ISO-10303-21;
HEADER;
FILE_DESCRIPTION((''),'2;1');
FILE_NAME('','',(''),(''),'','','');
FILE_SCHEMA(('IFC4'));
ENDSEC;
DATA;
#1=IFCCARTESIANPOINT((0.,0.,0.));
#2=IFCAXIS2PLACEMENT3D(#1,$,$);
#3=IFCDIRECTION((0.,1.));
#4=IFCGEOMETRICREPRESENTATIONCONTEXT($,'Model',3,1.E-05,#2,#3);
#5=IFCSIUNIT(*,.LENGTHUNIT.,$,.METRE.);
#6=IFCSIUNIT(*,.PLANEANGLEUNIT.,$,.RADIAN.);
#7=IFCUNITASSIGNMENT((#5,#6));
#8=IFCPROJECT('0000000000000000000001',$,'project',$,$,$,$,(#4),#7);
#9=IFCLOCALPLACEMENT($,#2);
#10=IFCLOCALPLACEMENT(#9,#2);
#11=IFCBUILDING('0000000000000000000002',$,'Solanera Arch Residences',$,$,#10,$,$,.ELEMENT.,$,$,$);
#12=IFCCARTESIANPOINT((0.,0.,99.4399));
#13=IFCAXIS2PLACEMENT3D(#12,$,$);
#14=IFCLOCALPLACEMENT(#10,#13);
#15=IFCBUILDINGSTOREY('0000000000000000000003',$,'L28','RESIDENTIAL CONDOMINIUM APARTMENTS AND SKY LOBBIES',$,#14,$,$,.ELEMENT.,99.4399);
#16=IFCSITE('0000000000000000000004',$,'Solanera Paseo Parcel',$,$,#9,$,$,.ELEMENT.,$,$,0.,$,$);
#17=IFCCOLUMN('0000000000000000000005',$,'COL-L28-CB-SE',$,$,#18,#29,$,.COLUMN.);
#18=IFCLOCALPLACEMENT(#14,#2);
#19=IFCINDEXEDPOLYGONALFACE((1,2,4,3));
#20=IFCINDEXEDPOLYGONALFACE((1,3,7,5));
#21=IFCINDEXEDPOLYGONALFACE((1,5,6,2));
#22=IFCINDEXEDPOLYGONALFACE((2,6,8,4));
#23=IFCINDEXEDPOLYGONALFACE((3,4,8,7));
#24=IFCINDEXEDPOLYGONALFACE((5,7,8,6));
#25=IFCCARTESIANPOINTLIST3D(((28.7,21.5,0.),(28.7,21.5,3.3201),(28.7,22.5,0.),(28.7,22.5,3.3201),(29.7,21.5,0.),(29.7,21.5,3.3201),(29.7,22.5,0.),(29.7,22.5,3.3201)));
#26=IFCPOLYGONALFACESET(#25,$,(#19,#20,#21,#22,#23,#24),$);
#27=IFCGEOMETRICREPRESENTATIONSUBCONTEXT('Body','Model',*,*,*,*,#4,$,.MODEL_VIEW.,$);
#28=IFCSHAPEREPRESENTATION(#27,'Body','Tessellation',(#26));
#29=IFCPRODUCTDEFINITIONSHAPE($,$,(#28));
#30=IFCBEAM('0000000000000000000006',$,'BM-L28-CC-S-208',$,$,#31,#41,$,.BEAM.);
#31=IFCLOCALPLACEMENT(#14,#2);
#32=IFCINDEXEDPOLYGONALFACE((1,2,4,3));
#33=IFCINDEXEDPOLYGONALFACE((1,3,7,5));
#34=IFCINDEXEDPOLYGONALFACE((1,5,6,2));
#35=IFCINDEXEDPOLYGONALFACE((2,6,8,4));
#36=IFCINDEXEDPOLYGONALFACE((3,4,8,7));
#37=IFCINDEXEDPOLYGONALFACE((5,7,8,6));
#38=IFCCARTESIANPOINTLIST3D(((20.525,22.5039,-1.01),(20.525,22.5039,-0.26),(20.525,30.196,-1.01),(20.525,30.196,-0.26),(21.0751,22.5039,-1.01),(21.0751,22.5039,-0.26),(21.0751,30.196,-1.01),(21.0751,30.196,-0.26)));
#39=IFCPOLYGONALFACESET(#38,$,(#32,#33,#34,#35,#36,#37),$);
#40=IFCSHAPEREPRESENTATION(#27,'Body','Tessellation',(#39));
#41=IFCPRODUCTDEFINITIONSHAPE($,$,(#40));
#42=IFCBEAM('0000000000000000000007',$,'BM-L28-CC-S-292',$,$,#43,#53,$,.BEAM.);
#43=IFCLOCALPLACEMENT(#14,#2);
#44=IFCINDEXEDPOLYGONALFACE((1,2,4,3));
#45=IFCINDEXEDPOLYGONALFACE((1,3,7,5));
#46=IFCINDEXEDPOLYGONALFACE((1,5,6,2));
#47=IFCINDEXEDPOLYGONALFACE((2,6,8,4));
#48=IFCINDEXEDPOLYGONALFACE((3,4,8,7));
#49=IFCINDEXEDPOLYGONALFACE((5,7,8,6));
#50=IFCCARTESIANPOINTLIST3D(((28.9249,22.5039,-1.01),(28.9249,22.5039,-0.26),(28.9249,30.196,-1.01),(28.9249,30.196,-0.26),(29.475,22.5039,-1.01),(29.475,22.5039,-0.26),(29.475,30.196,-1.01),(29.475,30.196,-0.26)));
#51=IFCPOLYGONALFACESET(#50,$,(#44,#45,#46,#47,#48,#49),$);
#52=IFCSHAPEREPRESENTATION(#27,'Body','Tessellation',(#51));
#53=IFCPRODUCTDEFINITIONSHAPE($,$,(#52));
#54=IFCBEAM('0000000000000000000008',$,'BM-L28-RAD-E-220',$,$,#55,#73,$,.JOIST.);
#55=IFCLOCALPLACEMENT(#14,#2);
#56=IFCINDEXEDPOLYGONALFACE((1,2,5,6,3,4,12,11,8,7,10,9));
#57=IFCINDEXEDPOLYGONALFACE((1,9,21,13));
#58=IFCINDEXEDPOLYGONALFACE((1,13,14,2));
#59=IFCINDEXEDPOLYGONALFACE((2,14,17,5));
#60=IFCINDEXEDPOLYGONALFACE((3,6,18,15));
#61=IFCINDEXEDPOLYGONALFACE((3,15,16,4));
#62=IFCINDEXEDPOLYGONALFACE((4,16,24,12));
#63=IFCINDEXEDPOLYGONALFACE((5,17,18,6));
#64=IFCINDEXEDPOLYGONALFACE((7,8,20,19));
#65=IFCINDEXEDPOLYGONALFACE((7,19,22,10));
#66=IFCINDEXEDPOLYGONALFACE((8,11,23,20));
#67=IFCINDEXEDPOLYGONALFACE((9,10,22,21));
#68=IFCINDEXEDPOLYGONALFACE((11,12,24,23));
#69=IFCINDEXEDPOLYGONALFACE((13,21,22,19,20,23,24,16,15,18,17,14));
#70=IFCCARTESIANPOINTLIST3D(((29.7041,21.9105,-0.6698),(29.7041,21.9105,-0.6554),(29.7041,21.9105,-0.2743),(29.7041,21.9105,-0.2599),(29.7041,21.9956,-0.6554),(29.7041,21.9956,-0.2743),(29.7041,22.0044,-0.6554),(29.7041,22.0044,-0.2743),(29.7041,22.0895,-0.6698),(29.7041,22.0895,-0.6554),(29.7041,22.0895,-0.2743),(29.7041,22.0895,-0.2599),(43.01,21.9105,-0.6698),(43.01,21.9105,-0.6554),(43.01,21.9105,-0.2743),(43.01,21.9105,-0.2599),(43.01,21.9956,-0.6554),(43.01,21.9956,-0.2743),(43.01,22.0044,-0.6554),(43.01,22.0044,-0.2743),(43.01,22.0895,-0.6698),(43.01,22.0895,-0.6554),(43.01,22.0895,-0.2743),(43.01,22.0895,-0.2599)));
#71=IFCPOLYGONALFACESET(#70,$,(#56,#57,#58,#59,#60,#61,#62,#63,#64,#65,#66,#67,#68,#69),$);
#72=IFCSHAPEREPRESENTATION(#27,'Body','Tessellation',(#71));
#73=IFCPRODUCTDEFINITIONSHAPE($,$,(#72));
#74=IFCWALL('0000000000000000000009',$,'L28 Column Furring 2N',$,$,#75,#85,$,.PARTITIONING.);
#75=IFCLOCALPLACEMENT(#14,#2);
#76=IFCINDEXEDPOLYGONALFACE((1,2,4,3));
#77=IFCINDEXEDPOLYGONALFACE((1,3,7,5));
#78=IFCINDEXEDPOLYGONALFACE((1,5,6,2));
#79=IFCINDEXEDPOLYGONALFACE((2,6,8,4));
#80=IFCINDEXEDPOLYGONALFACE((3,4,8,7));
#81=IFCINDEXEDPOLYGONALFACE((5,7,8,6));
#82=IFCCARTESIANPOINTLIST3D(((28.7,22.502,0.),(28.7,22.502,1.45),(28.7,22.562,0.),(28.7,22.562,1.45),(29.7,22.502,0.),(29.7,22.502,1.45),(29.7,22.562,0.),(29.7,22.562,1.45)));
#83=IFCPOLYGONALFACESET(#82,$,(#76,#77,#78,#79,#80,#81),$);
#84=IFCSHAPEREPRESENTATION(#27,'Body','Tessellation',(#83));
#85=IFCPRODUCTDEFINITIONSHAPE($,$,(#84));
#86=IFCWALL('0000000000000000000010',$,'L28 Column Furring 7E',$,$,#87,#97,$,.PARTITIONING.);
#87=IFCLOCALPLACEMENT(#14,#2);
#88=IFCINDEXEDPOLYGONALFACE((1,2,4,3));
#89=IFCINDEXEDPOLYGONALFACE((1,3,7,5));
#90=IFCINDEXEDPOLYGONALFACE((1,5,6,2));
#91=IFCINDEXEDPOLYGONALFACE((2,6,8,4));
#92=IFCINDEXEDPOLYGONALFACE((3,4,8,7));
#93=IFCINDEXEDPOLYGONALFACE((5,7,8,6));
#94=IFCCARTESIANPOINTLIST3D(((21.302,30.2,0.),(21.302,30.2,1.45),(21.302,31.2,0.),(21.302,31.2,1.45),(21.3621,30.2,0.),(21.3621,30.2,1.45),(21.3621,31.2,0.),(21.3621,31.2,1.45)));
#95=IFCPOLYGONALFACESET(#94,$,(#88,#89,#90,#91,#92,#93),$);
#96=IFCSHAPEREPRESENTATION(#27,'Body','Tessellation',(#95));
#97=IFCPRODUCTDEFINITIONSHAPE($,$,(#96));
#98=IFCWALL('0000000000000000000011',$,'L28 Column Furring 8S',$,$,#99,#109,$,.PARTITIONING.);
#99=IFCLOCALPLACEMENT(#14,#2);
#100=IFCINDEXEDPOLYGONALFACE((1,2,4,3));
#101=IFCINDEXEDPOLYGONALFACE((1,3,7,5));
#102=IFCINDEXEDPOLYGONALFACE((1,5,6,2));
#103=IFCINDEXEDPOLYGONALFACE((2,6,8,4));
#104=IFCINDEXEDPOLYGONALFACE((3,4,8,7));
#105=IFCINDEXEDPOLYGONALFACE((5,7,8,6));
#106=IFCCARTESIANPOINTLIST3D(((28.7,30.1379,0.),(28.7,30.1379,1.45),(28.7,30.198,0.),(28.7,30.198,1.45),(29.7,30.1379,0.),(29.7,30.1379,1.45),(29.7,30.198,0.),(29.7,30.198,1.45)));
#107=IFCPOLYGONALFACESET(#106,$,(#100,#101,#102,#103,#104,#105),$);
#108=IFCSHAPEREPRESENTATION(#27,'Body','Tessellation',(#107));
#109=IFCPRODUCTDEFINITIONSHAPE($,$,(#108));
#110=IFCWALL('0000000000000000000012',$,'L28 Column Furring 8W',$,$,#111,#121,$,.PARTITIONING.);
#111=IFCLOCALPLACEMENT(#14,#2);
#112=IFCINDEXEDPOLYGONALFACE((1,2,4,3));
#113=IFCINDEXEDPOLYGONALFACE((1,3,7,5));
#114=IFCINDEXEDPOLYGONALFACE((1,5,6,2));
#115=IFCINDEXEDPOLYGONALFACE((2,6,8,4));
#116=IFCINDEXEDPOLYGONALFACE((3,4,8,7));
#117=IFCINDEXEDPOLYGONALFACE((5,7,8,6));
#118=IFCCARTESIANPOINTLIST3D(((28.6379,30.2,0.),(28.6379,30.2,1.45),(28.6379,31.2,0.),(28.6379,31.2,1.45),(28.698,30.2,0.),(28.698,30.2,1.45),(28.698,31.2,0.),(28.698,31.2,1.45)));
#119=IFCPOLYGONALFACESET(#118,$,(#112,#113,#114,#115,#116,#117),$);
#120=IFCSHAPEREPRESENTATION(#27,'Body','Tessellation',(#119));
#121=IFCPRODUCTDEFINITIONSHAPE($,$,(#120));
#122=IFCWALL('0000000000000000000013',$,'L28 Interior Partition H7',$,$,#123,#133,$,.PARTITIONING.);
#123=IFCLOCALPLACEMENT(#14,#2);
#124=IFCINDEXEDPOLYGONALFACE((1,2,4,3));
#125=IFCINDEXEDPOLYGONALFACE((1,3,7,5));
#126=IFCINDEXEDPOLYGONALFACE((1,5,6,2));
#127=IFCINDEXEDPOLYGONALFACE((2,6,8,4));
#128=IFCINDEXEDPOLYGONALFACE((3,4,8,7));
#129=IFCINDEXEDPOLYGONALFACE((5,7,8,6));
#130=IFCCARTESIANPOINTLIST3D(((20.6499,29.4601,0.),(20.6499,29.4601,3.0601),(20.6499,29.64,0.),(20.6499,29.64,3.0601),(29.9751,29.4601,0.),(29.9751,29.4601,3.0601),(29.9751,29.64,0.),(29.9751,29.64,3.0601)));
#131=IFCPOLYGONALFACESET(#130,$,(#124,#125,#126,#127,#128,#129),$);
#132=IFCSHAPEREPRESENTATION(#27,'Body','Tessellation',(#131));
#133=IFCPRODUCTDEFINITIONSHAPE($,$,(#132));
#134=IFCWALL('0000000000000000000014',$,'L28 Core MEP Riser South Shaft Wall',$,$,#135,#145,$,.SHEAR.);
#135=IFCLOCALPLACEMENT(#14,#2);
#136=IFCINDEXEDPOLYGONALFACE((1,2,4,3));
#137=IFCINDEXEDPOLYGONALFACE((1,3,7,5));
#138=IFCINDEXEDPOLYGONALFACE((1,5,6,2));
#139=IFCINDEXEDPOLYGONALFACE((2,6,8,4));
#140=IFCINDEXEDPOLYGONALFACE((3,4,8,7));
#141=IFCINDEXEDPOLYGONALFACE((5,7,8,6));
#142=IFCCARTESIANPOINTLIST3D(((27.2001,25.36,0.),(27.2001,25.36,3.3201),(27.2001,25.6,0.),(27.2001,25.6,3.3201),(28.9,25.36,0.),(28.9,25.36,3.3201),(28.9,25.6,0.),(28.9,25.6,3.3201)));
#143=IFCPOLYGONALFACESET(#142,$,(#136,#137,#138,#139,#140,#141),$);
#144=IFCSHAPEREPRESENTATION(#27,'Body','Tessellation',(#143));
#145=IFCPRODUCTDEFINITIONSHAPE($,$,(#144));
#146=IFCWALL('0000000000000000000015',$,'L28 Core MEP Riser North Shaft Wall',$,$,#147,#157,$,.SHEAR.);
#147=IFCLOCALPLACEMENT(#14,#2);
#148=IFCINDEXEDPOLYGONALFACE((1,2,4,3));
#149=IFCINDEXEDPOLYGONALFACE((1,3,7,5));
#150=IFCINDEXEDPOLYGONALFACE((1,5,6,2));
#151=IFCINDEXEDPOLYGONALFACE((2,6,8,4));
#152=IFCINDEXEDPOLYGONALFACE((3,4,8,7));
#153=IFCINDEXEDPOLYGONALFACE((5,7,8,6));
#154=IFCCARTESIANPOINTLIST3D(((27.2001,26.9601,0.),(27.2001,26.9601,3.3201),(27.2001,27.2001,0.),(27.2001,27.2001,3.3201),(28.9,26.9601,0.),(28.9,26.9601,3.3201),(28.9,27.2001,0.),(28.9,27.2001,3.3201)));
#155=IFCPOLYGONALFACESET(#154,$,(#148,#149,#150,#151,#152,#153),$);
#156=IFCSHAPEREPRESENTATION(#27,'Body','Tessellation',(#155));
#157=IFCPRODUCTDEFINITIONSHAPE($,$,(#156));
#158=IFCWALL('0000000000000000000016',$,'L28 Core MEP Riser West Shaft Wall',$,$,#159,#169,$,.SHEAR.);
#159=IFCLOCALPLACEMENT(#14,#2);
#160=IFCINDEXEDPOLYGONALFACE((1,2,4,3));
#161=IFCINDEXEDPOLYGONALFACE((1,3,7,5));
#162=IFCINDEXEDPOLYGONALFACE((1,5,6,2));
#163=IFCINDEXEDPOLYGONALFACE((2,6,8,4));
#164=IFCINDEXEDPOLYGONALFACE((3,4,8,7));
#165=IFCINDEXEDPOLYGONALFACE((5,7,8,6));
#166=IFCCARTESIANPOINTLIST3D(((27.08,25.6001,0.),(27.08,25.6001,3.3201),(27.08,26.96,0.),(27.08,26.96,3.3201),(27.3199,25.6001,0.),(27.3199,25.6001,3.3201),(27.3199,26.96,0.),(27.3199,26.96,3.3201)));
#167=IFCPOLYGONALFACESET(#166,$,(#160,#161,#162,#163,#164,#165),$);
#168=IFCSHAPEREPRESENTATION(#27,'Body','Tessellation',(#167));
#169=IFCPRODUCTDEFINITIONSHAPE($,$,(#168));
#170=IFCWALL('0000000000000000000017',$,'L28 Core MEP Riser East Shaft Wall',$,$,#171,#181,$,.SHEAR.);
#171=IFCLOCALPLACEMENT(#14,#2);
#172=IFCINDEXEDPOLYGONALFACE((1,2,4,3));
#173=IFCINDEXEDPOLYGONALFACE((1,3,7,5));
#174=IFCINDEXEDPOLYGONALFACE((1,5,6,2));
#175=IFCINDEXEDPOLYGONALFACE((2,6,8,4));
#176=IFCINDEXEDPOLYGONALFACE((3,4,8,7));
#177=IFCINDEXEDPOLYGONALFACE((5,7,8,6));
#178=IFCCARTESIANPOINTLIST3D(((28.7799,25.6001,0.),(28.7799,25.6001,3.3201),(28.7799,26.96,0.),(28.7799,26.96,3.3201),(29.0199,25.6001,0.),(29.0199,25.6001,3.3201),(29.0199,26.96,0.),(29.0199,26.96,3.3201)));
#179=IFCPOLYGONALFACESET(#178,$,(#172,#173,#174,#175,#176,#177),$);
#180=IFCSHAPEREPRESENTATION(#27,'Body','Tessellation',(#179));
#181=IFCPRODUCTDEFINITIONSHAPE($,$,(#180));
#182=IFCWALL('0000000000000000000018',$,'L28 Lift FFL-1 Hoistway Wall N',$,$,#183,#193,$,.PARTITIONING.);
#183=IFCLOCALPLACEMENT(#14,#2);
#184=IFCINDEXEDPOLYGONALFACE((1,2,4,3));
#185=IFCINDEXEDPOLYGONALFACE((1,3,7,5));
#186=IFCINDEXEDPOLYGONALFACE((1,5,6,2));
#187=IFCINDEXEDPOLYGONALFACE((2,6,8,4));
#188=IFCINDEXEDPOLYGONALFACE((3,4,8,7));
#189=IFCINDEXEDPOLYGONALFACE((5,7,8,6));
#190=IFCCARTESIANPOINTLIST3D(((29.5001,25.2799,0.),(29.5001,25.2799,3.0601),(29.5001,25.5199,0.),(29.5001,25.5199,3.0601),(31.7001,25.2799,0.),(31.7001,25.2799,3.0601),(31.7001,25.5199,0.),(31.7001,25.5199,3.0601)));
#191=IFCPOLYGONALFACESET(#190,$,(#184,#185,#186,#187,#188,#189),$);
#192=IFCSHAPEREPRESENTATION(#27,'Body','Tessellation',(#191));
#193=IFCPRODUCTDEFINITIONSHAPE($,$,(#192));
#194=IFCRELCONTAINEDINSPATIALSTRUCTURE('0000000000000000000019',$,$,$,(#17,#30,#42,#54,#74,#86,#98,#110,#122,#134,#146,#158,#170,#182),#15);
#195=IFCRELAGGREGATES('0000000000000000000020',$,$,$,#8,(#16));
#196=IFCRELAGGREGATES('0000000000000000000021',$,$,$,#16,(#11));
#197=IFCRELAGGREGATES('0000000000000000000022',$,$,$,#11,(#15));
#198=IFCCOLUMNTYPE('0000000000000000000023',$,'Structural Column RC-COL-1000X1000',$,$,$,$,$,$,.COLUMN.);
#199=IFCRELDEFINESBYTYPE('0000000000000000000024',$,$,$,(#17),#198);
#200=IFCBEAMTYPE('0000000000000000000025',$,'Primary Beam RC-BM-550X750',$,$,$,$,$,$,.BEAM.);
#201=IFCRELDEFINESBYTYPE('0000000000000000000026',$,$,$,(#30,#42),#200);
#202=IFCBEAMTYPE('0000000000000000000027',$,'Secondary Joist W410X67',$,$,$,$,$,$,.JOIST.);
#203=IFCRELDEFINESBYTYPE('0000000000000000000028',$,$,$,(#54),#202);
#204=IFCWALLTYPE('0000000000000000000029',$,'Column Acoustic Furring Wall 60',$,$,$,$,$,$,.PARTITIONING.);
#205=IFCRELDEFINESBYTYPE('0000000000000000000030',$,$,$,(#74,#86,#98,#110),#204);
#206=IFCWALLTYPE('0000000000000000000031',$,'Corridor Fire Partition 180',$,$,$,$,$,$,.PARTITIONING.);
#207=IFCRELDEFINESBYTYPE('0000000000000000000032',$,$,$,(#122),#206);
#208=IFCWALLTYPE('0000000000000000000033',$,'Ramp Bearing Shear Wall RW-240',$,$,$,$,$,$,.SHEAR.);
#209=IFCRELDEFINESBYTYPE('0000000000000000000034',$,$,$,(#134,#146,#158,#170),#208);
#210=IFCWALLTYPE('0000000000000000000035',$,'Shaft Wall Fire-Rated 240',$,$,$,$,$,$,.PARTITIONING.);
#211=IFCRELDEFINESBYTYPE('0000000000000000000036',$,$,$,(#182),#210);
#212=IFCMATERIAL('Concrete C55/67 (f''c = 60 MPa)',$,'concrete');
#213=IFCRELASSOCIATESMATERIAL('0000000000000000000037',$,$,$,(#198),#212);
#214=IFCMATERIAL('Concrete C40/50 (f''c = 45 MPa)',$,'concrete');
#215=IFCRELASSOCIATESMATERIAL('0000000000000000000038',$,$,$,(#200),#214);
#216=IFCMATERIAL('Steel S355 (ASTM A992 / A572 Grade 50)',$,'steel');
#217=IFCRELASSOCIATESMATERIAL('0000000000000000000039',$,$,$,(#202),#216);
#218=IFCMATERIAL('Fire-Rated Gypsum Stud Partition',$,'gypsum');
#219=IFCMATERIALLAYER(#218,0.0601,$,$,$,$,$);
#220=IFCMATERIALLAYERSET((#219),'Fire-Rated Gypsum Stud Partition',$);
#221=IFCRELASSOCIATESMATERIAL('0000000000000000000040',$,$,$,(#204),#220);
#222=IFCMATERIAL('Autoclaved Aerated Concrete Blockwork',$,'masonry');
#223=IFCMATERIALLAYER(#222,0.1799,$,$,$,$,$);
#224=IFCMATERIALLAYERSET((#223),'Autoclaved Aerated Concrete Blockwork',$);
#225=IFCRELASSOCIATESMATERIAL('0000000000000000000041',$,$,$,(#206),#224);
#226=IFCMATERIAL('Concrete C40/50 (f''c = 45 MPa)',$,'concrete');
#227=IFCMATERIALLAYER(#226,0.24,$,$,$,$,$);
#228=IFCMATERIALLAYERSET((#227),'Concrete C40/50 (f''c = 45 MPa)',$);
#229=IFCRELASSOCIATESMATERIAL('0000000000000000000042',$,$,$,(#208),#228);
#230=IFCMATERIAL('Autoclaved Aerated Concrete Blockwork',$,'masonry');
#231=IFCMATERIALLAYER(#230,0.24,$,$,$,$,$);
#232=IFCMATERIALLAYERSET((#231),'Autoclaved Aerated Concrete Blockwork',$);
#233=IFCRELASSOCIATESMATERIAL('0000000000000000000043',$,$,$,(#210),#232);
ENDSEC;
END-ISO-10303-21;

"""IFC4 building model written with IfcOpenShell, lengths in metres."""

from ifc_helpers import new_model, si_unit, direction, frame, frame_2d, origin, origin_2d, place, context, subcontext, project, spatial, rectangle, i_section, extrude, material, layer, layer_set, material_profile, profile_set, type_object, element, save


model = new_model("IFC4")

# Units and contexts
model_context = context("Model", 3, precision=1e-05, world=origin(), true_north=direction((0.0, 1.0)))
body_context = subcontext(model_context, "Body", "Model", "MODEL_VIEW")
ifc_project = project(units=[si_unit("LENGTHUNIT", "METRE"), si_unit("PLANEANGLEUNIT", "RADIAN")], contexts=[model_context])

# Site, building, storey
site_placement = place(None, origin())
site = spatial("IfcSite", under=ifc_project, at=site_placement, Name="Solanera Paseo Parcel", CompositionType="ELEMENT", RefElevation=0.0)
building_placement = place(site_placement, origin())
building = spatial("IfcBuilding", under=site, at=building_placement, Name="Solanera Arch Residences", CompositionType="ELEMENT")
storey_placement = place(building_placement, frame((0.0, 0.0, 99.4399)))
storey = spatial("IfcBuildingStorey", under=building, at=storey_placement, Name="L28", Description="RESIDENTIAL CONDOMINIUM APARTMENTS AND SKY LOBBIES", CompositionType="ELEMENT", Elevation=99.4399)

# Column
ifc_material_1 = material(Name="Concrete C55/67 (f'c = 60 MPa)", Category="concrete")
ifc_material_profile_1 = material_profile(ifc_material_1, rectangle(XDim=1.0, YDim=1.0, at=origin_2d()))
ifc_profile_set_1 = profile_set([ifc_material_profile_1], Name="Concrete C55/67 (f'c = 60 MPa)")
column_type = type_object("IfcColumnType", Name="Structural Column RC-COL-1000X1000", PredefinedType="COLUMN", material=ifc_profile_set_1)
column_placement = place(storey_placement, frame((29.2, 22.0, 0.0), z_axis=(0.0, 0.0, 1.0), x_axis=(1.0, 0.0, 0.0)))
element("IfcColumn", 1, at=column_placement, inside=storey, type_object=column_type, Name="COL-L28-CB-SE", PredefinedType="COLUMN", context=body_context, shape_type="SweptSolid", body=[
    extrude(rectangle(XDim=1.0, YDim=1.0, at=origin_2d()), origin(), (0.0, 0.0, 1.0), 3.3201),
])

# Beams
ifc_material_2 = material(Name="Concrete C40/50 (f'c = 45 MPa)", Category="concrete")
ifc_material_profile_2 = material_profile(ifc_material_2, rectangle(XDim=0.55, YDim=0.75, at=origin_2d()))
ifc_profile_set_2 = profile_set([ifc_material_profile_2], Name="Concrete C40/50 (f'c = 45 MPa)")
beam_type_1 = type_object("IfcBeamType", Name="Primary Beam RC-BM-550X750", PredefinedType="BEAM", material=ifc_profile_set_2)
for number, where, z_axis, x_axis, name in (
    (2, (20.8, 22.5039, -0.635), (0.0, 1.0, 0.0), (-1.0, 0.0, 0.0), "BM-L28-CC-S-208"),
    (3, (29.2, 22.5039, -0.635), (0.0, 1.0, 0.0), (-1.0, 0.0, 0.0), "BM-L28-CC-S-292"),
):
    element("IfcBeam", number, at=place(storey_placement, frame(where, z_axis=z_axis, x_axis=x_axis)), inside=storey, type_object=beam_type_1, Name=name, PredefinedType="BEAM", context=body_context, shape_type="SweptSolid", body=[
        extrude(rectangle(XDim=0.55, YDim=0.75, at=origin_2d()), origin(), (0.0, 0.0, 1.0), 7.6921),
    ])
ifc_material_3 = material(Name="Steel S355 (ASTM A992 / A572 Grade 50)", Category="steel")
ifc_material_profile_3 = material_profile(ifc_material_3, i_section(OverallWidth=0.179, OverallDepth=0.4099, WebThickness=0.0088, FlangeThickness=0.0144, at=origin_2d()))
ifc_profile_set_3 = profile_set([ifc_material_profile_3], Name="Steel S355 (ASTM A992 / A572 Grade 50)")
beam_type_2 = type_object("IfcBeamType", Name="Secondary Joist W410X67", PredefinedType="JOIST", material=ifc_profile_set_3)
beam_placement = place(storey_placement, frame((29.7041, 22.0, -0.4648), z_axis=(1.0, 0.0, 0.0), x_axis=(0.0, 1.0, 0.0)))
element("IfcBeam", 4, at=beam_placement, inside=storey, type_object=beam_type_2, Name="BM-L28-RAD-E-220", PredefinedType="JOIST", context=body_context, shape_type="SweptSolid", body=[
    extrude(i_section(OverallWidth=0.179, OverallDepth=0.4099, WebThickness=0.0088, FlangeThickness=0.0144, at=origin_2d()), origin(), (0.0, 0.0, 1.0), 13.3059),
])

# Walls
ifc_material_4 = material(Name="Fire-Rated Gypsum Stud Partition", Category="gypsum")
ifc_layer_1 = layer(ifc_material_4, 0.0601)
ifc_layer_set_1 = layer_set([ifc_layer_1], Name="Fire-Rated Gypsum Stud Partition")
wall_type_1 = type_object("IfcWallType", Name="Column Acoustic Furring Wall 60", PredefinedType="PARTITIONING", material=ifc_layer_set_1)
for number, where, z_axis, x_axis, name in (
    (5, (28.7, 22.532, 0.0), (0.0, 0.0, 1.0), (1.0, 0.0, 0.0), "L28 Column Furring 2N"),
    (6, (21.332, 30.2, 0.0), (0.0, 0.0, 1.0), (0.0, 1.0, 0.0), "L28 Column Furring 7E"),
    (7, (28.7, 30.168, 0.0), (0.0, 0.0, 1.0), (1.0, 0.0, 0.0), "L28 Column Furring 8S"),
    (8, (28.668, 30.2, 0.0), (0.0, 0.0, 1.0), (0.0, 1.0, 0.0), "L28 Column Furring 8W"),
):
    element("IfcWall", number, at=place(storey_placement, frame(where, z_axis=z_axis, x_axis=x_axis)), inside=storey, type_object=wall_type_1, Name=name, PredefinedType="PARTITIONING", context=body_context, shape_type="SweptSolid", body=[
        extrude(rectangle(XDim=1.0, YDim=0.0601, at=frame_2d((0.5, 0.0))), origin(), (0.0, 0.0, 1.0), 1.45),
    ])
ifc_material_5 = material(Name="Autoclaved Aerated Concrete Blockwork", Category="masonry")
ifc_layer_2 = layer(ifc_material_5, 0.1799)
ifc_layer_set_2 = layer_set([ifc_layer_2], Name="Autoclaved Aerated Concrete Blockwork")
wall_type_2 = type_object("IfcWallType", Name="Corridor Fire Partition 180", PredefinedType="PARTITIONING", material=ifc_layer_set_2)
wall_1_placement = place(storey_placement, frame((20.6499, 29.55, 0.0), z_axis=(0.0, 0.0, 1.0), x_axis=(1.0, 0.0, 0.0)))
element("IfcWall", 9, at=wall_1_placement, inside=storey, type_object=wall_type_2, Name="L28 Interior Partition H7", PredefinedType="PARTITIONING", context=body_context, shape_type="SweptSolid", body=[
    extrude(rectangle(XDim=9.3252, YDim=0.1799, at=frame_2d((4.6626, 0.0))), origin(), (0.0, 0.0, 1.0), 3.0601),
])
ifc_material_6 = material(Name="Concrete C40/50 (f'c = 45 MPa)", Category="concrete")
ifc_layer_3 = layer(ifc_material_6, 0.24)
ifc_layer_set_3 = layer_set([ifc_layer_3], Name="Concrete C40/50 (f'c = 45 MPa)")
wall_type_3 = type_object("IfcWallType", Name="Ramp Bearing Shear Wall RW-240", PredefinedType="SHEAR", material=ifc_layer_set_3)
for number, where, z_axis, x_axis, name in (
    (10, (27.2, 25.48, 0.0), (0.0, 0.0, 1.0), (1.0, 0.0, 0.0), "L28 Core MEP Riser South Shaft Wall"),
    (11, (27.2, 27.0801, 0.0), (0.0, 0.0, 1.0), (1.0, 0.0, 0.0), "L28 Core MEP Riser North Shaft Wall"),
):
    element("IfcWall", number, at=place(storey_placement, frame(where, z_axis=z_axis, x_axis=x_axis)), inside=storey, type_object=wall_type_3, Name=name, PredefinedType="SHEAR", context=body_context, shape_type="SweptSolid", body=[
        extrude(rectangle(XDim=1.7, YDim=0.24, at=frame_2d((0.8501, 0.0))), origin(), (0.0, 0.0, 1.0), 3.3201),
    ])
for number, where, z_axis, x_axis, name in (
    (12, (27.2, 25.6001, 0.0), (0.0, 0.0, 1.0), (0.0, 1.0, 0.0), "L28 Core MEP Riser West Shaft Wall"),
    (13, (28.8999, 25.6001, 0.0), (0.0, 0.0, 1.0), (0.0, 1.0, 0.0), "L28 Core MEP Riser East Shaft Wall"),
):
    element("IfcWall", number, at=place(storey_placement, frame(where, z_axis=z_axis, x_axis=x_axis)), inside=storey, type_object=wall_type_3, Name=name, PredefinedType="SHEAR", context=body_context, shape_type="SweptSolid", body=[
        extrude(rectangle(XDim=1.3599, YDim=0.24, at=frame_2d((0.6799, 0.0))), origin(), (0.0, 0.0, 1.0), 3.3201),
    ])
ifc_material_7 = material(Name="Autoclaved Aerated Concrete Blockwork", Category="masonry")
ifc_layer_4 = layer(ifc_material_7, 0.24)
ifc_layer_set_4 = layer_set([ifc_layer_4], Name="Autoclaved Aerated Concrete Blockwork")
wall_type_4 = type_object("IfcWallType", Name="Shaft Wall Fire-Rated 240", PredefinedType="PARTITIONING", material=ifc_layer_set_4)
wall_2_placement = place(storey_placement, frame((29.5, 25.3999, 0.0), z_axis=(0.0, 0.0, 1.0), x_axis=(1.0, 0.0, 0.0)))
element("IfcWall", 14, at=wall_2_placement, inside=storey, type_object=wall_type_4, Name="L28 Lift FFL-1 Hoistway Wall N", PredefinedType="PARTITIONING", context=body_context, shape_type="SweptSolid", body=[
    extrude(rectangle(XDim=2.2, YDim=0.24, at=frame_2d((1.1001, 0.0))), origin(), (0.0, 0.0, 1.0), 3.0601),
])

save(model, "model.ifc")
